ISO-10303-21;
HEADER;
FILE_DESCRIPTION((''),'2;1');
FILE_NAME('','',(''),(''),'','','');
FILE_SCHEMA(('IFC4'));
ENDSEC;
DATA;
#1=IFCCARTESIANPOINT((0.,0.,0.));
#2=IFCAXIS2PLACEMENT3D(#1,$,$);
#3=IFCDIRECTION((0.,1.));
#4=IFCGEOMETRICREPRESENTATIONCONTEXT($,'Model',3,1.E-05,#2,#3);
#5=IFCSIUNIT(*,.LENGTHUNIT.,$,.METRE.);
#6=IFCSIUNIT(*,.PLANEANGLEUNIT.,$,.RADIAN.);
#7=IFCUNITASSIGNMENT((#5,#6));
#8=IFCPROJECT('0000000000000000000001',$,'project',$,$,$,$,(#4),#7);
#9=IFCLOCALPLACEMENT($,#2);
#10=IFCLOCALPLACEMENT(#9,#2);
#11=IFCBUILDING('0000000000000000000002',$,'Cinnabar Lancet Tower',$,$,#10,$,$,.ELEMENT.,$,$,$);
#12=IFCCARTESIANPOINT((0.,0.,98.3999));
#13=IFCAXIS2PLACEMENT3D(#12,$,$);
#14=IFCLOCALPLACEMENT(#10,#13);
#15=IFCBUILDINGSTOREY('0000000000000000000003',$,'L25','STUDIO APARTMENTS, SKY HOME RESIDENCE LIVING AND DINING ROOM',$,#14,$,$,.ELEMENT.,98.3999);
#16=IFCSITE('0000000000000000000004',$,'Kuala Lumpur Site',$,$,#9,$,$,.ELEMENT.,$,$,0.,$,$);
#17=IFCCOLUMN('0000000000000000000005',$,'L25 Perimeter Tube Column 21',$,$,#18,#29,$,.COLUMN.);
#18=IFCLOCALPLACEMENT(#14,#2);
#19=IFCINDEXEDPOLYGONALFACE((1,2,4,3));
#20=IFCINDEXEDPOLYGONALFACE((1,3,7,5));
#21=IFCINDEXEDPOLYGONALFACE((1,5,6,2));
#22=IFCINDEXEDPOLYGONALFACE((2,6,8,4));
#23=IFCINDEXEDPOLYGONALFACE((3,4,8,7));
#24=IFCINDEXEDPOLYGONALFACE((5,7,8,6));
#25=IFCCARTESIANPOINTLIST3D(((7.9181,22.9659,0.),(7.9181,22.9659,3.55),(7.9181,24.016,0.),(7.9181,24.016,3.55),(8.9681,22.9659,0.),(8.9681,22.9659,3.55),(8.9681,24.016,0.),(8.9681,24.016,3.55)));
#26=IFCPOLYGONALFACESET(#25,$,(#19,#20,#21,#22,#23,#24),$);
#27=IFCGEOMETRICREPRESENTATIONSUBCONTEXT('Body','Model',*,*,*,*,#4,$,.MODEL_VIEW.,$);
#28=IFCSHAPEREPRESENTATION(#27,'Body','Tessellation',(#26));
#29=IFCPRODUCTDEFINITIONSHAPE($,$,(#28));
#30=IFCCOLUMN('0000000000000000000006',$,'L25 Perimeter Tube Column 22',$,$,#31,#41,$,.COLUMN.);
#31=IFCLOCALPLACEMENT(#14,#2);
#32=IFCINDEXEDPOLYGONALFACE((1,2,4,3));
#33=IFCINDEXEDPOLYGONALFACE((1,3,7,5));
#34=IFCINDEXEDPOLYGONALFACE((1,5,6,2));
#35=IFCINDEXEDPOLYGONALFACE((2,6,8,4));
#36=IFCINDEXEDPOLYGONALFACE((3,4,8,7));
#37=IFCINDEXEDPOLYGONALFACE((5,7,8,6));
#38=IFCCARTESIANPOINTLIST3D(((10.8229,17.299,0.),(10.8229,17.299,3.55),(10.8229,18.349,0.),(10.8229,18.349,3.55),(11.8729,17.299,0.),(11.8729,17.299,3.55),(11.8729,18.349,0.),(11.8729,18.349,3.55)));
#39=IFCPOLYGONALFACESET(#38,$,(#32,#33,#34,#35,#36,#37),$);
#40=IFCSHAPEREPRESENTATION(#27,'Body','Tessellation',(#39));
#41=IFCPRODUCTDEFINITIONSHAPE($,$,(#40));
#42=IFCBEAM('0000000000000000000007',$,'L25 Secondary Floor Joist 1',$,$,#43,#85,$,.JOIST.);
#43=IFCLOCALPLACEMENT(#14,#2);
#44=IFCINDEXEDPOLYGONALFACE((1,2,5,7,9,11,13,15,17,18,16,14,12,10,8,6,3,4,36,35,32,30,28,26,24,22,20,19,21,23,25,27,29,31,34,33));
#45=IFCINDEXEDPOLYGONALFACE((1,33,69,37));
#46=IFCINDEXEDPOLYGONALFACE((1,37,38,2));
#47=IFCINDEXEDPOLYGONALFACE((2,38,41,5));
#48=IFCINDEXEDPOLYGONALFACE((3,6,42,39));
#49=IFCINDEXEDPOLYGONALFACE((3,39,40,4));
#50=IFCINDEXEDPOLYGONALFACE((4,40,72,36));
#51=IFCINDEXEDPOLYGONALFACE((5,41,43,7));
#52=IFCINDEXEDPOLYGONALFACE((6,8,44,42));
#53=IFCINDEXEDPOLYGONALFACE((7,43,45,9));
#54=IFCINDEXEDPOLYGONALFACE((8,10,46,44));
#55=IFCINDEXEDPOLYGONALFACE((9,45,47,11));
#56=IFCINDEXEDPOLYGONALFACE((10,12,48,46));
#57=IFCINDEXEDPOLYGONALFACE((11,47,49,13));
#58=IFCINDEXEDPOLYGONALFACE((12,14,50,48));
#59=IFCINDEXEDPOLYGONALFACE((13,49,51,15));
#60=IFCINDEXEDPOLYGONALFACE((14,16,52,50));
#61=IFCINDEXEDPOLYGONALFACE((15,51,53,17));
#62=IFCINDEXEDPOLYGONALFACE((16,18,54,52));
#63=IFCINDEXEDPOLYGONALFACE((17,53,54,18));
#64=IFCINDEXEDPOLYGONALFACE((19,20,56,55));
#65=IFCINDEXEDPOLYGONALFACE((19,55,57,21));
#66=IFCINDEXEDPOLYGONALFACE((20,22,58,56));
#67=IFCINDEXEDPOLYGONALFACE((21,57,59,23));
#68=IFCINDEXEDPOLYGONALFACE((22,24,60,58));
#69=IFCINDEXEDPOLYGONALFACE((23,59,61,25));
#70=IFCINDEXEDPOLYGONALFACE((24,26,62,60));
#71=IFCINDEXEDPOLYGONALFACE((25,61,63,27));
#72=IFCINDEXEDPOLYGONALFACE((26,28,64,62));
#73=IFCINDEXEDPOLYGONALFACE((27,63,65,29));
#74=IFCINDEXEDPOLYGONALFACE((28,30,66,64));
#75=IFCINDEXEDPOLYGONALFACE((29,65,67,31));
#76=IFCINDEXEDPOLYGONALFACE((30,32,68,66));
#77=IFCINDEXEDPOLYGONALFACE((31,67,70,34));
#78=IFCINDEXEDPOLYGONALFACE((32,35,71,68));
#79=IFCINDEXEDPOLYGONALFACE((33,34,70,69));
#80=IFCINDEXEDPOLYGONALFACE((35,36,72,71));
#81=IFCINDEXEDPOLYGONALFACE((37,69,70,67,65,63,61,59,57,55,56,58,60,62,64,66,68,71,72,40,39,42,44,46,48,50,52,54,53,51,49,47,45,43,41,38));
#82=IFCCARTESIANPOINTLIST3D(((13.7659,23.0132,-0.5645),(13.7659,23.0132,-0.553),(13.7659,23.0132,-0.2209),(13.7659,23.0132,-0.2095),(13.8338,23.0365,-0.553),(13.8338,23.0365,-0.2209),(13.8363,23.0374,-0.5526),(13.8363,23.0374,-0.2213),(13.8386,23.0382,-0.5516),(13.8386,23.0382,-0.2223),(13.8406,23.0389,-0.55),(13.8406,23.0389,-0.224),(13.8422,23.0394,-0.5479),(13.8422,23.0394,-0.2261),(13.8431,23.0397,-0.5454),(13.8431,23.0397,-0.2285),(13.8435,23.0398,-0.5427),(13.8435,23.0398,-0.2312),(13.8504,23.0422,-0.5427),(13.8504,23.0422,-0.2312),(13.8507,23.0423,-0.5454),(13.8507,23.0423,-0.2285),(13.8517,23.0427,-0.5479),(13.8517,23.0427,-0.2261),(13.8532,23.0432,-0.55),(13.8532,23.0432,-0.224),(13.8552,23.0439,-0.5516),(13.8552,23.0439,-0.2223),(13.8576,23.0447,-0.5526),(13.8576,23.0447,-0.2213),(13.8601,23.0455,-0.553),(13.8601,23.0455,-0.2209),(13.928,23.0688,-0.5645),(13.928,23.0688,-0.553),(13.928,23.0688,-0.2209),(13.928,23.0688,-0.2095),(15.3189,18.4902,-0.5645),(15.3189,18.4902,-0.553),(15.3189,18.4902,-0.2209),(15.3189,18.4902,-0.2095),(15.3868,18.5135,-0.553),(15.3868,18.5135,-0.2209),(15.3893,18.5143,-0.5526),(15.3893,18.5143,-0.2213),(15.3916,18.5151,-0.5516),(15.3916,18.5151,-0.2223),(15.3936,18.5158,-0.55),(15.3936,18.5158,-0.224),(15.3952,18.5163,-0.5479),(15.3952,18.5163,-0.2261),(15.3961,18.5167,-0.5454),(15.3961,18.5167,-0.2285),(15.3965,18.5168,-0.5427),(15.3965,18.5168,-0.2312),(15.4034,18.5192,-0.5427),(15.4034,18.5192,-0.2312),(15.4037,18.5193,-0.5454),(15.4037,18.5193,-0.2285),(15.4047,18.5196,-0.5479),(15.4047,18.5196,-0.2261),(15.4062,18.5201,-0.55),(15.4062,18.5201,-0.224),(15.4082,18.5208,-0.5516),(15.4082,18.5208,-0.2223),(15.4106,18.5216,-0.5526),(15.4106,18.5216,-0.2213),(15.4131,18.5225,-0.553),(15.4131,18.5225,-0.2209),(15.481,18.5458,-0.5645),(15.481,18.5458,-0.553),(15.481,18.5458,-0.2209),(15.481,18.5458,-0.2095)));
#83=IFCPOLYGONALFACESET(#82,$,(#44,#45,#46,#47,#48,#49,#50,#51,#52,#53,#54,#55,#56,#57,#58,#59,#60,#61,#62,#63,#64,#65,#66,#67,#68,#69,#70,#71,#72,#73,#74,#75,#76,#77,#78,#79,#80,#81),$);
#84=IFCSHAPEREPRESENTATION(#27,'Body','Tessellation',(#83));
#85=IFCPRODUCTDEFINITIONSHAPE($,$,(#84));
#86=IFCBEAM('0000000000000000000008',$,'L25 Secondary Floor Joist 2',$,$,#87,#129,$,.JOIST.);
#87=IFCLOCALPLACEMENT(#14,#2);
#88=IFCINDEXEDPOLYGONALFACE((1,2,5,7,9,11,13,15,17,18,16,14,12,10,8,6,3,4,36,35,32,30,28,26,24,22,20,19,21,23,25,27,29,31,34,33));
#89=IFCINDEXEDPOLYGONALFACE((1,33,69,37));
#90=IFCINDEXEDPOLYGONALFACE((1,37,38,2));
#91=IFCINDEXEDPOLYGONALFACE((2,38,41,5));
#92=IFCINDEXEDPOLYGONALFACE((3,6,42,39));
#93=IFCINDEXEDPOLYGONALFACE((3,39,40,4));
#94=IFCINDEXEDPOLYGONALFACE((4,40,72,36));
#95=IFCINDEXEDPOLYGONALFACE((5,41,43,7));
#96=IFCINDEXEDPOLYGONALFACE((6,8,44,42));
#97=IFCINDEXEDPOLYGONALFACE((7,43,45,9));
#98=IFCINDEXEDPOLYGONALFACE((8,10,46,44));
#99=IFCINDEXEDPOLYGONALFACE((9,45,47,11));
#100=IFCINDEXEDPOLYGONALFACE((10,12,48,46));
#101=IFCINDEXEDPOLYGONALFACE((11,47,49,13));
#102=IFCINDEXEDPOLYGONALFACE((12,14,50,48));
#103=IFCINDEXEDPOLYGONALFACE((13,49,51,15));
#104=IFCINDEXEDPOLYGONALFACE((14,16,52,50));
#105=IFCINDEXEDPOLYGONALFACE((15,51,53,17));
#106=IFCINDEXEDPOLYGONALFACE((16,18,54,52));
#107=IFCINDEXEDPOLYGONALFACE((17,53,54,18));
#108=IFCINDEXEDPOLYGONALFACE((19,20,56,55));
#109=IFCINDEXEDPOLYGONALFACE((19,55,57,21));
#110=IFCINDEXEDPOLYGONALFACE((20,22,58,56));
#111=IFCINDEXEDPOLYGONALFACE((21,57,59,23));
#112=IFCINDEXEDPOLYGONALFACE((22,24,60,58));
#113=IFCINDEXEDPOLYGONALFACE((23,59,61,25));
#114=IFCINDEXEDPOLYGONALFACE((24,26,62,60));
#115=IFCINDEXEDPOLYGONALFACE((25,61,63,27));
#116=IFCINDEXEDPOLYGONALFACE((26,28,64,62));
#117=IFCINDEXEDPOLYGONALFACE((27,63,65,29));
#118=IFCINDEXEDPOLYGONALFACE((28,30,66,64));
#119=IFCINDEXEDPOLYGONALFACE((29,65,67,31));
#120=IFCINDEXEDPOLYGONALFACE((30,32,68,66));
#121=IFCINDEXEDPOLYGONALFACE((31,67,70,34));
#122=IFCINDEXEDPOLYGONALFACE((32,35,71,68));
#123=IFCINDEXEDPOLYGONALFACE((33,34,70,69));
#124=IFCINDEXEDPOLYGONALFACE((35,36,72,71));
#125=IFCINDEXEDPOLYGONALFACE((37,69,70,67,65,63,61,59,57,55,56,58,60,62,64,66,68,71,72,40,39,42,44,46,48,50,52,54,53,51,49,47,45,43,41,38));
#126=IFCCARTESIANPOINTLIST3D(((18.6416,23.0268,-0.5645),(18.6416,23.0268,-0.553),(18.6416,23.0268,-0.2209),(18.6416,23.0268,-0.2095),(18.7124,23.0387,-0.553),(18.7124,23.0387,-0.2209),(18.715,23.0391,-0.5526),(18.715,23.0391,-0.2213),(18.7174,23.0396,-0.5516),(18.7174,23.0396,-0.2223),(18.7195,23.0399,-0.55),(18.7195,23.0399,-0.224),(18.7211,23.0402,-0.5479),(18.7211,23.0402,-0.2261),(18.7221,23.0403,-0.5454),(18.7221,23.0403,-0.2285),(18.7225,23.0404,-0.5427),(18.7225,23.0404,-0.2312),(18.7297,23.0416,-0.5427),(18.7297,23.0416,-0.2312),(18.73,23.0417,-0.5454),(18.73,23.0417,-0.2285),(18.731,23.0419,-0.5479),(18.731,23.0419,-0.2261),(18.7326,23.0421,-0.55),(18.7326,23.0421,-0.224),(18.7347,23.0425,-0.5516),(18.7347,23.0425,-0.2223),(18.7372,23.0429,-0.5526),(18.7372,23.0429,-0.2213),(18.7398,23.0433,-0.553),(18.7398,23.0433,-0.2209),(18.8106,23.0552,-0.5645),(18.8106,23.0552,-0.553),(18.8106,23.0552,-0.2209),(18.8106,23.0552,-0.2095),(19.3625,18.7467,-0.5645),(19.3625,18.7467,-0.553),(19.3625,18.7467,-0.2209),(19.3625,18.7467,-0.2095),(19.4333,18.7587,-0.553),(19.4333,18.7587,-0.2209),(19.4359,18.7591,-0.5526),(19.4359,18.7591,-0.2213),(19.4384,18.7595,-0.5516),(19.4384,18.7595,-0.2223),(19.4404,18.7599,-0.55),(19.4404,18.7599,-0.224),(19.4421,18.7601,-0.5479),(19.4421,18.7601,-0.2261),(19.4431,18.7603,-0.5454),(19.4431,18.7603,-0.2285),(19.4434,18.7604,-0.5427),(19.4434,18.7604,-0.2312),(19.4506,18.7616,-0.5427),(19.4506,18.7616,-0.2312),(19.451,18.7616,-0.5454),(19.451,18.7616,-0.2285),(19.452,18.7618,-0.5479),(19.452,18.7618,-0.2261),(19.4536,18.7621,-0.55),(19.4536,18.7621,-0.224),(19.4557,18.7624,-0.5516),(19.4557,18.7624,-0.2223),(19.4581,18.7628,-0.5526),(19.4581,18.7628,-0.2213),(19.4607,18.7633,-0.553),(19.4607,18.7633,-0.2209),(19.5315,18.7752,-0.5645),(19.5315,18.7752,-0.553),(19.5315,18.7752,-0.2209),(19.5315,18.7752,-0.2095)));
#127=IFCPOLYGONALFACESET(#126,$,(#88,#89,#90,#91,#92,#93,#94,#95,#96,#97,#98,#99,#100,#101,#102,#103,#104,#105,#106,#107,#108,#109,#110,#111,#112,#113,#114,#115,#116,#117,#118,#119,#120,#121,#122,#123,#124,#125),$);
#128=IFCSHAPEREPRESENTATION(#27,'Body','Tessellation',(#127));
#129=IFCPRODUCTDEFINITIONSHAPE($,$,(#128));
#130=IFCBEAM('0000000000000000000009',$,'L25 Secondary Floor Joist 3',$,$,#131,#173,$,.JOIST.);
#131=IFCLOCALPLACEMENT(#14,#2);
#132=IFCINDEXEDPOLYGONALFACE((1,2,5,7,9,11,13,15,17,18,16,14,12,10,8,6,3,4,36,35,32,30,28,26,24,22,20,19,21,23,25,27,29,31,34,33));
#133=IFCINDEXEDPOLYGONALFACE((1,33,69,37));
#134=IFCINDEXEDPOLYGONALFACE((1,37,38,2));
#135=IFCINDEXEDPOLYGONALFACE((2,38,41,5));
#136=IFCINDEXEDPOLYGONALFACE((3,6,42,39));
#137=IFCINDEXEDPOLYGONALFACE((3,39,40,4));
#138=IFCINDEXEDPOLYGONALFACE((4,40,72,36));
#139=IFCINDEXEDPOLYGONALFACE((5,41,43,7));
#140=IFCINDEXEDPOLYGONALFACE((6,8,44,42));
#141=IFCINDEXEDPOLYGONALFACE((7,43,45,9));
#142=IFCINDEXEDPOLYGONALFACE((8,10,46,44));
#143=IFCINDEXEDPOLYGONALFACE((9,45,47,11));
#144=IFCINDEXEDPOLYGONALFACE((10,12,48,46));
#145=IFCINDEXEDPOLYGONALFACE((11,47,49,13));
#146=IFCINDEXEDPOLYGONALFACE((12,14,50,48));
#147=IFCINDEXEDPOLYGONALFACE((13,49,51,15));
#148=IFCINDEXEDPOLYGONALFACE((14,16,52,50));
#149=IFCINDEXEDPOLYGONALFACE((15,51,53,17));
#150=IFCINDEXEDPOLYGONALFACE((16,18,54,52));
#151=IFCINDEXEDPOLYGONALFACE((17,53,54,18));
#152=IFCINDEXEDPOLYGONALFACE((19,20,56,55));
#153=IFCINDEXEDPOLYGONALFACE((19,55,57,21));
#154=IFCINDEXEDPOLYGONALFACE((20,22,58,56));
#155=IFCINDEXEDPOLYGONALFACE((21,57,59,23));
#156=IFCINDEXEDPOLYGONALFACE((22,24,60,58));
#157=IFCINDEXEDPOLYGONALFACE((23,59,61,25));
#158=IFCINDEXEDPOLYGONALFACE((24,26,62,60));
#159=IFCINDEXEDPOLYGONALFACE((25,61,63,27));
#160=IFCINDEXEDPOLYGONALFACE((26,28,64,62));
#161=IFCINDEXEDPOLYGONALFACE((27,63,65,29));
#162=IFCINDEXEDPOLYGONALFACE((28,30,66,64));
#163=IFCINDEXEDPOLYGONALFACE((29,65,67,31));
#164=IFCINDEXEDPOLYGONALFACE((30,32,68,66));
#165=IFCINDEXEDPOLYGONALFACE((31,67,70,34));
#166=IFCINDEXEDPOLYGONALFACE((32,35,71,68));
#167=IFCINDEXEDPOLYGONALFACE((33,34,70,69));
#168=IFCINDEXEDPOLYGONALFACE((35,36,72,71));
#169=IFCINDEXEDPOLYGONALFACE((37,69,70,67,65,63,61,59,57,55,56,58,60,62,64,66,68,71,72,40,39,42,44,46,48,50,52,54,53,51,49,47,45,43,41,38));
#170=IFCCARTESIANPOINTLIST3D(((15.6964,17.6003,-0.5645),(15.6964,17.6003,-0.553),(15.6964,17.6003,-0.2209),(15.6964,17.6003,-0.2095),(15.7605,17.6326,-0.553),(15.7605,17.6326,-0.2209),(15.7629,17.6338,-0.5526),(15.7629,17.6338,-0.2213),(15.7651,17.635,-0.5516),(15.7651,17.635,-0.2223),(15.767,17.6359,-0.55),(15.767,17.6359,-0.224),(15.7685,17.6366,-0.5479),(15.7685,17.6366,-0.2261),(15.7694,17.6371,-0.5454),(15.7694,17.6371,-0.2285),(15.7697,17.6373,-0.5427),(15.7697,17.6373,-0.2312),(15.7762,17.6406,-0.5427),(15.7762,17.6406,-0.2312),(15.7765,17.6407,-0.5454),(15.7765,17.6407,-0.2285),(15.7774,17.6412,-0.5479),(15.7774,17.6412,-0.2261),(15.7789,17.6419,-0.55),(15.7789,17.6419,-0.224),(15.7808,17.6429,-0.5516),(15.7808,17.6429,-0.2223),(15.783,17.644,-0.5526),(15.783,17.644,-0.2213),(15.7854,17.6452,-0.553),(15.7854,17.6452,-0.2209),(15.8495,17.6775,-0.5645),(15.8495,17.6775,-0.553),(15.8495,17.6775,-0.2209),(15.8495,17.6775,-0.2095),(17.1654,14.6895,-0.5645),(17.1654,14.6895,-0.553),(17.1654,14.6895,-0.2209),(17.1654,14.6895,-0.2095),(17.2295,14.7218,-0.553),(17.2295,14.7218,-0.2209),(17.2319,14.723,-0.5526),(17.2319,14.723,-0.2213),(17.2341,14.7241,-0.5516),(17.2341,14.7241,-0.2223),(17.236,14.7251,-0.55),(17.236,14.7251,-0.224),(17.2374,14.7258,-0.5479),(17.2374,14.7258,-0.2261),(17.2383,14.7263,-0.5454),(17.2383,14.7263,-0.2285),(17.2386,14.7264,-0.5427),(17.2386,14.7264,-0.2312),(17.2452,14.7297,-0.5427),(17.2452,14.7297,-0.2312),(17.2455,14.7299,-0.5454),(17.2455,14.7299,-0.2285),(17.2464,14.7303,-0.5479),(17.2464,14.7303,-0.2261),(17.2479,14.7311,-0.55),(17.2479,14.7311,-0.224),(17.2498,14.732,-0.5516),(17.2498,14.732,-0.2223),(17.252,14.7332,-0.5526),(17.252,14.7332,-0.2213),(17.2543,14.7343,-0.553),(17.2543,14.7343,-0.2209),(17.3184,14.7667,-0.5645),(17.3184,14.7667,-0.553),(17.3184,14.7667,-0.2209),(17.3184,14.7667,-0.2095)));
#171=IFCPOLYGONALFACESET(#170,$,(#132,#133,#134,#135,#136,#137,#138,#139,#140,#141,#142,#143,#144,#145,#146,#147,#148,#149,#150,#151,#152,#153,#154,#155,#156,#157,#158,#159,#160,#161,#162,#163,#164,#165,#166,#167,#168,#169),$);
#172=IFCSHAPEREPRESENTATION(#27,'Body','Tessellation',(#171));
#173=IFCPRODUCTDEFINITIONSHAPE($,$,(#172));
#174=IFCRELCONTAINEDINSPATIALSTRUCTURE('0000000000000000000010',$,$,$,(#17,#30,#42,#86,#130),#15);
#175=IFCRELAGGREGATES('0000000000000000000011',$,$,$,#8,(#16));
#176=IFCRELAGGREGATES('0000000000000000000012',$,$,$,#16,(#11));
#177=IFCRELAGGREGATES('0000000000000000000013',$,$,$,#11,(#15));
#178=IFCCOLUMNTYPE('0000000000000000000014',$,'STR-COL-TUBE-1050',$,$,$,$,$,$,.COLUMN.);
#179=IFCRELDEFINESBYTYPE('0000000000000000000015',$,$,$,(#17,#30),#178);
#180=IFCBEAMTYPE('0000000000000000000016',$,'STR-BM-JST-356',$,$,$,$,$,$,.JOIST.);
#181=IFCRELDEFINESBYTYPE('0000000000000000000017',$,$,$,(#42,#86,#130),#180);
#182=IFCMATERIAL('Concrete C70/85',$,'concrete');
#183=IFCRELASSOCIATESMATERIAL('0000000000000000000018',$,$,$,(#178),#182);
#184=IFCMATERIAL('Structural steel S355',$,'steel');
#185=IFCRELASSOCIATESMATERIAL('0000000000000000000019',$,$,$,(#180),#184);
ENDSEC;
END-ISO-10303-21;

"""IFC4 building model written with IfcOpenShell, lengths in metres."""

from ifc_helpers import new_model, si_unit, direction, frame, origin, origin_2d, place, context, subcontext, project, spatial, rectangle, i_section, extrude, material, material_profile, profile_set, type_object, element, save


model = new_model("IFC4")

# Units and contexts
model_context = context("Model", 3, precision=1e-05, world=origin(), true_north=direction((0.0, 1.0)))
body_context = subcontext(model_context, "Body", "Model", "MODEL_VIEW")
ifc_project = project(units=[si_unit("LENGTHUNIT", "METRE"), si_unit("PLANEANGLEUNIT", "RADIAN")], contexts=[model_context])

# Site, building, storey
site_placement = place(None, origin())
site = spatial("IfcSite", under=ifc_project, at=site_placement, Name="Kuala Lumpur Site", CompositionType="ELEMENT", RefElevation=0.0)
building_placement = place(site_placement, origin())
building = spatial("IfcBuilding", under=site, at=building_placement, Name="Cinnabar Lancet Tower", CompositionType="ELEMENT")
storey_placement = place(building_placement, frame((0.0, 0.0, 98.3999)))
storey = spatial("IfcBuildingStorey", under=building, at=storey_placement, Name="L25", Description="STUDIO APARTMENTS, SKY HOME RESIDENCE LIVING AND DINING ROOM", CompositionType="ELEMENT", Elevation=98.3999)

# Columns
ifc_material_1 = material(Name="Concrete C70/85", Category="concrete")
ifc_material_profile_1 = material_profile(ifc_material_1, rectangle(XDim=1.05, YDim=1.05, at=origin_2d()), Name="RC-COL 1050x1050")
ifc_profile_set_1 = profile_set([ifc_material_profile_1], Name="Concrete C70/85")
column_type = type_object("IfcColumnType", Name="STR-COL-TUBE-1050", PredefinedType="COLUMN", material=ifc_profile_set_1)
for number, where, z_axis, x_axis, name in (
    (1, (8.4431, 23.491, 0.0), (0.0, 0.0, 1.0), (1.0, 0.0, 0.0), "L25 Perimeter Tube Column 21"),
    (2, (11.3479, 17.824, 0.0), (0.0, 0.0, 1.0), (1.0, 0.0, 0.0), "L25 Perimeter Tube Column 22"),
):
    element("IfcColumn", number, at=place(storey_placement, frame(where, z_axis=z_axis, x_axis=x_axis)), inside=storey, type_object=column_type, Name=name, PredefinedType="COLUMN", context=body_context, shape_type="SweptSolid", body=[
        extrude(rectangle(XDim=1.05, YDim=1.05, at=origin_2d()), origin(), (0.0, 0.0, 1.0), 3.55),
    ])

# Beams
ifc_material_2 = material(Name="Structural steel S355", Category="steel")
ifc_material_profile_2 = material_profile(ifc_material_2, i_section(OverallWidth=0.1714, OverallDepth=0.355, WebThickness=0.0073, FlangeThickness=0.0115, FilletRadius=0.0103, at=origin_2d()), Name="UKB 356x171x51")
ifc_profile_set_2 = profile_set([ifc_material_profile_2], Name="Structural steel S355")
beam_type_1 = type_object("IfcBeamType", Name="STR-BM-JST-356", PredefinedType="JOIST", material=ifc_profile_set_2)
beam_1_placement = place(storey_placement, frame((13.8469, 23.041, -0.387), z_axis=(0.324746, -0.945801, 0.0), x_axis=(0.945801, 0.324746, 0.0)))
element("IfcBeam", 3, at=beam_1_placement, inside=storey, type_object=beam_type_1, Name="L25 Secondary Floor Joist 1", PredefinedType="JOIST", context=body_context, shape_type="SweptSolid", body=[
    extrude(i_section(OverallWidth=0.1714, OverallDepth=0.355, WebThickness=0.0073, FlangeThickness=0.0115, FilletRadius=0.0103, at=origin_2d()), origin(), (0.0, 0.0, 1.0), 4.7822),
])
beam_2_placement = place(storey_placement, frame((18.7261, 23.041, -0.387), z_axis=(0.166104, -0.986108, 0.0), x_axis=(0.986108, 0.166104, 0.0)))
element("IfcBeam", 4, at=beam_2_placement, inside=storey, type_object=beam_type_1, Name="L25 Secondary Floor Joist 2", PredefinedType="JOIST", context=body_context, shape_type="SweptSolid", body=[
    extrude(i_section(OverallWidth=0.1714, OverallDepth=0.355, WebThickness=0.0073, FlangeThickness=0.0115, FilletRadius=0.0103, at=origin_2d()), origin(), (0.0, 0.0, 1.0), 4.3403),
])
beam_3_placement = place(storey_placement, frame((15.7729, 17.6389, -0.387), z_axis=(0.450535, -0.892759, 0.0), x_axis=(0.892759, 0.450535, 0.0)))
element("IfcBeam", 5, at=beam_3_placement, inside=storey, type_object=beam_type_1, Name="L25 Secondary Floor Joist 3", PredefinedType="JOIST", context=body_context, shape_type="SweptSolid", body=[
    extrude(i_section(OverallWidth=0.1714, OverallDepth=0.355, WebThickness=0.0073, FlangeThickness=0.0115, FilletRadius=0.0103, at=origin_2d()), origin(), (0.0, 0.0, 1.0), 3.2605),
])

save(model, "model.ifc")
